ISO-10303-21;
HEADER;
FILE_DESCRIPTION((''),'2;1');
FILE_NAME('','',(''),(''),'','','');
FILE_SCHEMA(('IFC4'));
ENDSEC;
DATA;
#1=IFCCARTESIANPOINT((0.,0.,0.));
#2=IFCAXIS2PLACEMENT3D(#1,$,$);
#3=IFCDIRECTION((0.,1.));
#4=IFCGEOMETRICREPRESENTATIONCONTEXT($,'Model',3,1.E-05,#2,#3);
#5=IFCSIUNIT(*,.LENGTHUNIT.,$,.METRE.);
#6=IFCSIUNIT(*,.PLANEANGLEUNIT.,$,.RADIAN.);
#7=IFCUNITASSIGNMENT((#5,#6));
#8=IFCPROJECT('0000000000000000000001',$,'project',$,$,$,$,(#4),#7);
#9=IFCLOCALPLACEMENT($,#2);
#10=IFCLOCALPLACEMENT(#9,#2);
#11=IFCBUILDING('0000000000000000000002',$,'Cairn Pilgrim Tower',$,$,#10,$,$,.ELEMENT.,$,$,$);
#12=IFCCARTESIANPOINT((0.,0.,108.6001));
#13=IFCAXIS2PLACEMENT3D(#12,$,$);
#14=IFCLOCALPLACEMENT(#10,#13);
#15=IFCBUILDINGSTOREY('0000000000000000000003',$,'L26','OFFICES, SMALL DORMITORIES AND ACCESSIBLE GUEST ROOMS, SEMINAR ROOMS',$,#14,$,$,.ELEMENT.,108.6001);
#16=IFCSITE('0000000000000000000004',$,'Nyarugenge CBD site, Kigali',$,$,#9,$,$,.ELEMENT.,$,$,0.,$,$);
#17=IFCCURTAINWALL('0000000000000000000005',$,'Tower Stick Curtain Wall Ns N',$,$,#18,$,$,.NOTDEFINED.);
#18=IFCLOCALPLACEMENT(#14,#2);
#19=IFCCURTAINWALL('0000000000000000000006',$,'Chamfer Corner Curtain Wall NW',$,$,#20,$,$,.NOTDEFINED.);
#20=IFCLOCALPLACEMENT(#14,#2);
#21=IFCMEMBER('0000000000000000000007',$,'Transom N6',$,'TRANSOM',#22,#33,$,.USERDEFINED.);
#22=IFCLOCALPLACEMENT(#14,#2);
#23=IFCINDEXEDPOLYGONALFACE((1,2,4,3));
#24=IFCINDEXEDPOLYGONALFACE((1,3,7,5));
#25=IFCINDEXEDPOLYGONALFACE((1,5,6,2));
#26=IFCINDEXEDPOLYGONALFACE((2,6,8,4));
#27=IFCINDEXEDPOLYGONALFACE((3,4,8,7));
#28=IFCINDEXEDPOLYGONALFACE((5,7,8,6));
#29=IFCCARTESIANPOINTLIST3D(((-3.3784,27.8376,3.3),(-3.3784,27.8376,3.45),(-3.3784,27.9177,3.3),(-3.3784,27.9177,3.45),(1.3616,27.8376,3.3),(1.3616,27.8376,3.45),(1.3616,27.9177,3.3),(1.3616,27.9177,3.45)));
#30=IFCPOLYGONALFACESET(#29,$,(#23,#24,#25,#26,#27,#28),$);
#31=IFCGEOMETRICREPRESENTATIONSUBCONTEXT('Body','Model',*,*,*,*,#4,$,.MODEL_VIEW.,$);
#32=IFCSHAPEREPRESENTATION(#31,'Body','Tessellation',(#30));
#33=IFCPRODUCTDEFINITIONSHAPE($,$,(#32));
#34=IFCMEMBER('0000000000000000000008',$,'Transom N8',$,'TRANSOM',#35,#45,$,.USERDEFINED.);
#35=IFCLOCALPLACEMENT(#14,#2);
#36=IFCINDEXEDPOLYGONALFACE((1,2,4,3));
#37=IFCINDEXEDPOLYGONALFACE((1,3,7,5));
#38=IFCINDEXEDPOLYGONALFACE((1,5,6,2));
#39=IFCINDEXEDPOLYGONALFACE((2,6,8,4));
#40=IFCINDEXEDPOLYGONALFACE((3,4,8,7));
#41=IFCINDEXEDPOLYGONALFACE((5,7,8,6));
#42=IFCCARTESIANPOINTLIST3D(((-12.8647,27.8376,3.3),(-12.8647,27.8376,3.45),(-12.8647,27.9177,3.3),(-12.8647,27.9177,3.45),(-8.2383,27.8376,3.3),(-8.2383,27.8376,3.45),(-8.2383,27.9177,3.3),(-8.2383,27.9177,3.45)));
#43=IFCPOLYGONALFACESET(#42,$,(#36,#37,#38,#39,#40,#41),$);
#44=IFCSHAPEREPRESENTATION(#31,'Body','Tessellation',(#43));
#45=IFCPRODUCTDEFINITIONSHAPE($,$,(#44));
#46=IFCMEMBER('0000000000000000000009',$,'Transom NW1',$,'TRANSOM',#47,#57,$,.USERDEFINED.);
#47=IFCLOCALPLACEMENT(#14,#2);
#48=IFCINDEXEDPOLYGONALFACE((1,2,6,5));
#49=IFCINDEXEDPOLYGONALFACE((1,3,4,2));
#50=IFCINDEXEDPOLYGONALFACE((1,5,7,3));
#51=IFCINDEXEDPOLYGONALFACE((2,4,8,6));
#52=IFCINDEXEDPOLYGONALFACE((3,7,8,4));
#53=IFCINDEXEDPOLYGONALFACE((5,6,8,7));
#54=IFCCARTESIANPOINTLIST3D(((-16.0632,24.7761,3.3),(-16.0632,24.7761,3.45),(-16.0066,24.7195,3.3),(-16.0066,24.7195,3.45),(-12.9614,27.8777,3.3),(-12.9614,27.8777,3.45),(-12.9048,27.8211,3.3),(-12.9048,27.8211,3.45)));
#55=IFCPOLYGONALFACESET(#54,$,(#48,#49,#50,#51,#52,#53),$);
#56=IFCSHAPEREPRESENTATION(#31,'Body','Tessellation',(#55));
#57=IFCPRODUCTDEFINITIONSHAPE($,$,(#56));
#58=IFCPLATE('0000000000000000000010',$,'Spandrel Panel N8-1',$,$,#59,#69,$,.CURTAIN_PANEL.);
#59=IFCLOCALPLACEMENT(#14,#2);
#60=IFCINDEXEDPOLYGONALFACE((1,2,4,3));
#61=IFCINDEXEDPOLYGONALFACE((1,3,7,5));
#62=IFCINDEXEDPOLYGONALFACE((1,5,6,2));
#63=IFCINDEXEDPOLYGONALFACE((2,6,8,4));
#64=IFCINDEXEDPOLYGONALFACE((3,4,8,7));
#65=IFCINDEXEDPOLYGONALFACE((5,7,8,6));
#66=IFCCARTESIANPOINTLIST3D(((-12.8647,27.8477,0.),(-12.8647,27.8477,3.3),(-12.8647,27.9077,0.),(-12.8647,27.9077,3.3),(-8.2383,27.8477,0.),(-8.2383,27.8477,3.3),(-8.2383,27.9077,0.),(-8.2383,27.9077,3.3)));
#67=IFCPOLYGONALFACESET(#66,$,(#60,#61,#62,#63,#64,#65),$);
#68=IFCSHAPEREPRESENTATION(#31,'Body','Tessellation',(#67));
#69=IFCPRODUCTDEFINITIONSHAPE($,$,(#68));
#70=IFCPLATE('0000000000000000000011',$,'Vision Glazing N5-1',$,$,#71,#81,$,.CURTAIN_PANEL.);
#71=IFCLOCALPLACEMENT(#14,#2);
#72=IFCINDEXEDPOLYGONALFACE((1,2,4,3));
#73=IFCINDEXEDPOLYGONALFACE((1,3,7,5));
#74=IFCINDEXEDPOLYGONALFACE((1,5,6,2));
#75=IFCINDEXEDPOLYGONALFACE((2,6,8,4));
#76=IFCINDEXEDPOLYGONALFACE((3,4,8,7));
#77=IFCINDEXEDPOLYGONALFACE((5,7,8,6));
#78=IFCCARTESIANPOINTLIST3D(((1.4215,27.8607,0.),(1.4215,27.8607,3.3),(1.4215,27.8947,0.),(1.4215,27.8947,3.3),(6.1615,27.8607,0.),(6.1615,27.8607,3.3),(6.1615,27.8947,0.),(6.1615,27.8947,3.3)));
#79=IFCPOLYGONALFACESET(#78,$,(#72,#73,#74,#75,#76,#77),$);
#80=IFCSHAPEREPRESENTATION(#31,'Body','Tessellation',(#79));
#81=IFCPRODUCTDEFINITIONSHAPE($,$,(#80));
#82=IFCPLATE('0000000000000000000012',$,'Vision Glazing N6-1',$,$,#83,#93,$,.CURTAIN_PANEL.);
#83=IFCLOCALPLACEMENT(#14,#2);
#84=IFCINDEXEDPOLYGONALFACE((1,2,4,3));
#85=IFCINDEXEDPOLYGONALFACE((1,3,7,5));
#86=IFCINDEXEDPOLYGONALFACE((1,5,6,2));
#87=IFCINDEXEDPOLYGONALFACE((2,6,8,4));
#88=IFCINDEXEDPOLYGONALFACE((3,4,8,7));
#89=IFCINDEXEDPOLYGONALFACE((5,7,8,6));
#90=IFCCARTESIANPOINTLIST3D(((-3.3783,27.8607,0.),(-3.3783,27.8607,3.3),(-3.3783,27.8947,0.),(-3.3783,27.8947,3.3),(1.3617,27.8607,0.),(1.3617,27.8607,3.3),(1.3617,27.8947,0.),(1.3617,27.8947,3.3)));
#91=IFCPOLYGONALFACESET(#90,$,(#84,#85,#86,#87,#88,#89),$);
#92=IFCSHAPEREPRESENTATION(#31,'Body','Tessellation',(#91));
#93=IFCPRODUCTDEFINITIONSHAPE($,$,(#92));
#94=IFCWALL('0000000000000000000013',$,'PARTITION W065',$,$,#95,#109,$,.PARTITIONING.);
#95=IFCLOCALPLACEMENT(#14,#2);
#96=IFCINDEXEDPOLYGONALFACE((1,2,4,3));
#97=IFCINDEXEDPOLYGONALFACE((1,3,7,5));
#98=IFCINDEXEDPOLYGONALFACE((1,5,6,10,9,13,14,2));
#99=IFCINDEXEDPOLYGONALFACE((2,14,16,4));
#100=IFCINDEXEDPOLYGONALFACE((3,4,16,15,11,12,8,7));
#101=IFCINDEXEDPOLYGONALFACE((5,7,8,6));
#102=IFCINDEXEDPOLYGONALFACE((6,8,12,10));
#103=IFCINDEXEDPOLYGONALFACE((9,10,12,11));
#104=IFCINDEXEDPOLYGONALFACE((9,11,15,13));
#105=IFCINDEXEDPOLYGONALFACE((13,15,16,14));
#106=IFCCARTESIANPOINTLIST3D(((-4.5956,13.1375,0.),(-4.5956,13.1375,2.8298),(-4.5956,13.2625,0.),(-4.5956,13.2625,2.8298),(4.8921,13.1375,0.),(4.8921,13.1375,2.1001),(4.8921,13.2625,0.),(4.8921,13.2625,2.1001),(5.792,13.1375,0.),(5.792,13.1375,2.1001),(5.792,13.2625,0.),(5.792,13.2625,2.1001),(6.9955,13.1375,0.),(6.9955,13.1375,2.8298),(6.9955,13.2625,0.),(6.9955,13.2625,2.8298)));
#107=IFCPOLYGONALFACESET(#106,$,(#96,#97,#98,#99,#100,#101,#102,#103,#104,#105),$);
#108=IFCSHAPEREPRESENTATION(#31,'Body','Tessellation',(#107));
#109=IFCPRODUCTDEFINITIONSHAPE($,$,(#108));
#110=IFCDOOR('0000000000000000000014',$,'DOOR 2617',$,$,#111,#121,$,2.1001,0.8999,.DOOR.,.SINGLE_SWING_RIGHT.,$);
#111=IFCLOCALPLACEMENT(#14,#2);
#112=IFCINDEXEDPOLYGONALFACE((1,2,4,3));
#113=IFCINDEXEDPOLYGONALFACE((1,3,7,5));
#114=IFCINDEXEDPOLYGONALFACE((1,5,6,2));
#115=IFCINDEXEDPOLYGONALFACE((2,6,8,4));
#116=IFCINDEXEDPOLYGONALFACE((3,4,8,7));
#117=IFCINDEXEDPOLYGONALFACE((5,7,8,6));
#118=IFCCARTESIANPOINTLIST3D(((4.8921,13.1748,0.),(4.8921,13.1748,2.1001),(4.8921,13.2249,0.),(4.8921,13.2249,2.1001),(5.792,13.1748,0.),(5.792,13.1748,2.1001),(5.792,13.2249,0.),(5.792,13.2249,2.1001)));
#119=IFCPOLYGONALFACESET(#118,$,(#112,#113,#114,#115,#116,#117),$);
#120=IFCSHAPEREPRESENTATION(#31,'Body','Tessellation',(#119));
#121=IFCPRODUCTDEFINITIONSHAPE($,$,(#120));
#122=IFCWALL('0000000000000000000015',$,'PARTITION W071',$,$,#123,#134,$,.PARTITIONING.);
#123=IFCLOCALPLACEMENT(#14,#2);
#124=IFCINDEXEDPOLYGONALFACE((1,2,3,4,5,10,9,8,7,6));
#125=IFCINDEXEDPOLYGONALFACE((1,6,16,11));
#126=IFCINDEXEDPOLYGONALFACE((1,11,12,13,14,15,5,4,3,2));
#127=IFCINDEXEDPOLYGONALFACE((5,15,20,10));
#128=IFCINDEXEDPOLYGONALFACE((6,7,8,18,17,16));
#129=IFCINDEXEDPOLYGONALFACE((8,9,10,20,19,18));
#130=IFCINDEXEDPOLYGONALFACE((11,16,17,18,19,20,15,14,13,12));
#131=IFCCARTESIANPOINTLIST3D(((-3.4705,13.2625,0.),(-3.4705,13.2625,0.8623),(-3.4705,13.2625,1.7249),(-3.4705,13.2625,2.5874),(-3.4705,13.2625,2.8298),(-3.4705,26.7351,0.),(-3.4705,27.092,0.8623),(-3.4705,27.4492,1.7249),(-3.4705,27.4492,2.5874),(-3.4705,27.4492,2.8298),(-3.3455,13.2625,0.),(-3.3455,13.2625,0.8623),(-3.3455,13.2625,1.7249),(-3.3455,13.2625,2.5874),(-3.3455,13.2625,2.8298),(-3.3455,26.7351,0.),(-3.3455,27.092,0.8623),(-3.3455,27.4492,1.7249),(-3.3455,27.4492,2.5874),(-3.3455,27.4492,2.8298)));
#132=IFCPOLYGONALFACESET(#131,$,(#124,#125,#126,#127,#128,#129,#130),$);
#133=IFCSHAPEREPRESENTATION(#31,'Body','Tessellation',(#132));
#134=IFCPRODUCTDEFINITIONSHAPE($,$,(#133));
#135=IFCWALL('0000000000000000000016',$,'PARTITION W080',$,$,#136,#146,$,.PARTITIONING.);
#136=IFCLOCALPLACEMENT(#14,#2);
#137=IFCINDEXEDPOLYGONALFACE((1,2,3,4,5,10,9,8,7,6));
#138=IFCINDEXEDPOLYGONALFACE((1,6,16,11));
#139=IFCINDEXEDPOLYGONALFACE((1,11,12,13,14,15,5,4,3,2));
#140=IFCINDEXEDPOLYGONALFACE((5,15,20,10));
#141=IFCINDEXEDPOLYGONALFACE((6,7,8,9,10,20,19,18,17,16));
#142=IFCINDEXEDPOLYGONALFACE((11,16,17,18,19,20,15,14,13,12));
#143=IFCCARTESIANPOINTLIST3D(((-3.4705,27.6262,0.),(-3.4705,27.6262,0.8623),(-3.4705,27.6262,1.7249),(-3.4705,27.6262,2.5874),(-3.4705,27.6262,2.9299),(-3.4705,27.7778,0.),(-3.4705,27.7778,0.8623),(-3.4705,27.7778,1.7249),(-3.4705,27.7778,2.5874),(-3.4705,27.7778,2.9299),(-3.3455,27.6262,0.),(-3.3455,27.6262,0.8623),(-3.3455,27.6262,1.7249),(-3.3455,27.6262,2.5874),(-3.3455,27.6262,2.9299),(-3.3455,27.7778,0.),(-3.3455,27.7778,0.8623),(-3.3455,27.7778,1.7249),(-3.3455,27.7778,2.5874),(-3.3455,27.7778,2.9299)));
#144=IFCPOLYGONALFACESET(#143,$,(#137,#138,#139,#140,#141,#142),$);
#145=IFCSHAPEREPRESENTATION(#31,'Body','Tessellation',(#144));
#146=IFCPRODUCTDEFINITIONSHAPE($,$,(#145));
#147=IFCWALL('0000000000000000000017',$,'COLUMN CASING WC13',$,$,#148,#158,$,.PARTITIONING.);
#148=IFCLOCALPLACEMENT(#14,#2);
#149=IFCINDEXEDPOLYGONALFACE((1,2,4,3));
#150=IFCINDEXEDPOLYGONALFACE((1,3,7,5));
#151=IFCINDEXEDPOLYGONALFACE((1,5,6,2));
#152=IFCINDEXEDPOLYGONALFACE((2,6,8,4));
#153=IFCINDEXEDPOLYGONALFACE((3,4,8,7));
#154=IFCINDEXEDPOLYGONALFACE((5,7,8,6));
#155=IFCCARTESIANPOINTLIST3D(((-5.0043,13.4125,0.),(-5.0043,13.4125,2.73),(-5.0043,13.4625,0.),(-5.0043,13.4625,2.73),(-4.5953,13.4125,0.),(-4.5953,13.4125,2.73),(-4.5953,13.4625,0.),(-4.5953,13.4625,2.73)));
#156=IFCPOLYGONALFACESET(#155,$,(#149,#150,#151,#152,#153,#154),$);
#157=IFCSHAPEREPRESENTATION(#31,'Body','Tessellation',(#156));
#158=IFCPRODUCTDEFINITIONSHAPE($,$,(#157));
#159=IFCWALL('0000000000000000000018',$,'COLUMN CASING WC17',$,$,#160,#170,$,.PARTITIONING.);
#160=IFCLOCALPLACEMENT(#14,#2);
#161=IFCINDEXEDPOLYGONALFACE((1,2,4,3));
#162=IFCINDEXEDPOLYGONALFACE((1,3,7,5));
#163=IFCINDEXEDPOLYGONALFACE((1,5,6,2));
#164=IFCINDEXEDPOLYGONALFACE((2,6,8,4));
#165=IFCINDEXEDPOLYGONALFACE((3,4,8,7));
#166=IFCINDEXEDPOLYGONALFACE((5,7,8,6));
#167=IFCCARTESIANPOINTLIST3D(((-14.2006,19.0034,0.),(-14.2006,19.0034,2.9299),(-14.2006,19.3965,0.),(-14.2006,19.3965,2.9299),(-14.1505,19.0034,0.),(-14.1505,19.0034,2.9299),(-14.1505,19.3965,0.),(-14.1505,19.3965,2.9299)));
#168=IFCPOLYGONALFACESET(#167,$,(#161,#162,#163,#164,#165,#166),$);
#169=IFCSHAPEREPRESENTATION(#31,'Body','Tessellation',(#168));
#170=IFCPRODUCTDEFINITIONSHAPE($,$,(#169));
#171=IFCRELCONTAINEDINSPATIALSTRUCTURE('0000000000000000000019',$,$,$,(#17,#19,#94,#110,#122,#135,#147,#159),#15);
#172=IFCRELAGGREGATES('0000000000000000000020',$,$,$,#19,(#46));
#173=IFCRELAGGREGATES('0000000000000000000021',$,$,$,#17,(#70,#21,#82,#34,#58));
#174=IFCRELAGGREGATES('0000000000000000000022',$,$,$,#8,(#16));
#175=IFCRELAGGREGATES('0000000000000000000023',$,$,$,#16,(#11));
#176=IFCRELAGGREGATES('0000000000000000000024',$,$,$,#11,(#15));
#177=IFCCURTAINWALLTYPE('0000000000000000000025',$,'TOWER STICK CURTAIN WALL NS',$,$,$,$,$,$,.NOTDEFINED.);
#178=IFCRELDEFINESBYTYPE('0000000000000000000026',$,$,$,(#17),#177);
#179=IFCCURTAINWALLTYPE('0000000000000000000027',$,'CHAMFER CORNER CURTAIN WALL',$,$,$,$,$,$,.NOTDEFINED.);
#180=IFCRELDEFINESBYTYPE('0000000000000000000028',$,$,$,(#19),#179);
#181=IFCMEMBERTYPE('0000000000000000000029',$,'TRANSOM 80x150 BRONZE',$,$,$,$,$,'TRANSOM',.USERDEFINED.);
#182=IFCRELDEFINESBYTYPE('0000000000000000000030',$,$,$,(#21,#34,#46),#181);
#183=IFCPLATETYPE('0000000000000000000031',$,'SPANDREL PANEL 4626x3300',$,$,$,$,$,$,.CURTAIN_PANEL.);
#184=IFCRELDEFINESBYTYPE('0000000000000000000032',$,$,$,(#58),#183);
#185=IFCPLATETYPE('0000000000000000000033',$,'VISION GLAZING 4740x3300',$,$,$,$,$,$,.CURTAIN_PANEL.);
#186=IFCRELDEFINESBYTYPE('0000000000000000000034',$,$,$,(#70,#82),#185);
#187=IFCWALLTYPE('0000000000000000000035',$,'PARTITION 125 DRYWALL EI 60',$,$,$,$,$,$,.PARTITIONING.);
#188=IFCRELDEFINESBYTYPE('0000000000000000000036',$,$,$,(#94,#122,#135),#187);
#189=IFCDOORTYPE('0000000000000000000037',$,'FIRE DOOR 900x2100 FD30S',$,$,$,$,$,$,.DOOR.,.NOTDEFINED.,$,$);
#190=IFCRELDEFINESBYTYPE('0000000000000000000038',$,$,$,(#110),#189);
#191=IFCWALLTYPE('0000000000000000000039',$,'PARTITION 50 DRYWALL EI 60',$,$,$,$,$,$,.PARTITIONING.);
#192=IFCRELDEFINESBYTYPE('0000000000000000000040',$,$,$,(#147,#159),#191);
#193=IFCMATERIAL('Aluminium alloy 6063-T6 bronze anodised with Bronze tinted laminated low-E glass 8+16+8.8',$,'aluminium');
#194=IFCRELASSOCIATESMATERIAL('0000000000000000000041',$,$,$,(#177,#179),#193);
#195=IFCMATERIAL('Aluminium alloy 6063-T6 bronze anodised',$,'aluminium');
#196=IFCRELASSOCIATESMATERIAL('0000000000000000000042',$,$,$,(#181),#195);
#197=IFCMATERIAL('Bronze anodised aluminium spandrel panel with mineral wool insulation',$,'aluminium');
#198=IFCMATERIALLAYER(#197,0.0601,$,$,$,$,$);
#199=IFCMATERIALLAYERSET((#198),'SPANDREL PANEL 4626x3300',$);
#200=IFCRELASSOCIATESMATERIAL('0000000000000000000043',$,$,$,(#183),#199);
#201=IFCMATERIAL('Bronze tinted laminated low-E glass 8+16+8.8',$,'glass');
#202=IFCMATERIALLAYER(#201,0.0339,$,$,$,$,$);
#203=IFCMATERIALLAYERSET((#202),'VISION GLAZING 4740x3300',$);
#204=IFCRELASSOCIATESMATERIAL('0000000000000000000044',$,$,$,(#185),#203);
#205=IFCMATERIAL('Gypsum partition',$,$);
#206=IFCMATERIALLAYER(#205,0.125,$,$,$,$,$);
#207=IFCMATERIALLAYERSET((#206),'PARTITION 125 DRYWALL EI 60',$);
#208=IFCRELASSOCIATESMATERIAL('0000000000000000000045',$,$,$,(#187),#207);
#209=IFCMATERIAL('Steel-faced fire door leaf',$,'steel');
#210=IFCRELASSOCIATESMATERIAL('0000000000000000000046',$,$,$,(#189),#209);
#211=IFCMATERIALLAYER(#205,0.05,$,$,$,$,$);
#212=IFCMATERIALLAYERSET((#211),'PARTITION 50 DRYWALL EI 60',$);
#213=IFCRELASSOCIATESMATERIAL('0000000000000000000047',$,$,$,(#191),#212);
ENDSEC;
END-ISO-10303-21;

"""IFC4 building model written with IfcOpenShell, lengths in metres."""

from ifc_helpers import new_model, si_unit, direction, frame, frame_2d, origin, origin_2d, place, context, subcontext, project, spatial, polyline, rectangle, outline, extrude, material, layer, layer_set, material_profile, profile_set, type_object, element, fill, aggregate, save


model = new_model("IFC4")

# Units and contexts
model_context = context("Model", 3, precision=1e-05, world=origin(), true_north=direction((0.0, 1.0)))
body_context = subcontext(model_context, "Body", "Model", "MODEL_VIEW")
ifc_project = project(units=[si_unit("LENGTHUNIT", "METRE"), si_unit("PLANEANGLEUNIT", "RADIAN")], contexts=[model_context])

# Site, building, storey
site_placement = place(None, origin())
site = spatial("IfcSite", under=ifc_project, at=site_placement, Name="Nyarugenge CBD site, Kigali", CompositionType="ELEMENT", RefElevation=0.0)
building_placement = place(site_placement, origin())
building = spatial("IfcBuilding", under=site, at=building_placement, Name="Cairn Pilgrim Tower", CompositionType="ELEMENT")
storey_placement = place(building_placement, frame((0.0, 0.0, 108.6001)))
storey = spatial("IfcBuildingStorey", under=building, at=storey_placement, Name="L26", Description="OFFICES, SMALL DORMITORIES AND ACCESSIBLE GUEST ROOMS, SEMINAR ROOMS", CompositionType="ELEMENT", Elevation=108.6001)

# Curtain wall
ifc_material_1 = material(Name="Aluminium alloy 6063-T6 bronze anodised with Bronze tinted laminated low-E glass 8+16+8.8", Category="aluminium")
curtain_wall_type_1 = type_object("IfcCurtainWallType", Name="TOWER STICK CURTAIN WALL NS", PredefinedType="NOTDEFINED", material=ifc_material_1)
curtain_wall_1_placement = place(storey_placement, origin())
curtain_wall_1 = element("IfcCurtainWall", 1, at=curtain_wall_1_placement, inside=storey, type_object=curtain_wall_type_1, Name="Tower Stick Curtain Wall Ns N", PredefinedType="NOTDEFINED")
ifc_material_2 = material(Name="Aluminium alloy 6063-T6 bronze anodised", Category="aluminium")

# Curtain wall
curtain_wall_type_2 = type_object("IfcCurtainWallType", Name="CHAMFER CORNER CURTAIN WALL", PredefinedType="NOTDEFINED", material=ifc_material_1)
curtain_wall_2_placement = place(storey_placement, origin())
curtain_wall_2 = element("IfcCurtainWall", 2, at=curtain_wall_2_placement, inside=storey, type_object=curtain_wall_type_2, Name="Chamfer Corner Curtain Wall NW", PredefinedType="NOTDEFINED")

# Members
ifc_material_profile_1 = material_profile(ifc_material_2, rectangle(XDim=0.0801, YDim=0.1499, at=origin_2d()), Name="TRANSOM 80x150 BRONZE")
ifc_profile_set_1 = profile_set([ifc_material_profile_1], Name="Aluminium alloy 6063-T6 bronze anodised")
member_type_1 = type_object("IfcMemberType", Name="TRANSOM 80x150 BRONZE", ElementType="TRANSOM", PredefinedType="USERDEFINED", material=ifc_profile_set_1)
member_1_placement = place(storey_placement, frame((1.3616, 27.8777, 3.375), z_axis=(-1.0, 0.0, 0.0), x_axis=(0.0, -1.0, 0.0)))
member_1 = element("IfcMember", 3, at=member_1_placement, type_object=member_type_1, Name="Transom N6", ObjectType="TRANSOM", PredefinedType="USERDEFINED", context=body_context, shape_type="SweptSolid", body=[
    extrude(rectangle(XDim=0.0801, YDim=0.1499, at=origin_2d()), origin(), (0.0, 0.0, 1.0), 4.74),
])
member_2_placement = place(storey_placement, frame((-8.2383, 27.8777, 3.375), z_axis=(-1.0, 0.0, 0.0), x_axis=(0.0, -1.0, 0.0)))
member_2 = element("IfcMember", 4, at=member_2_placement, type_object=member_type_1, Name="Transom N8", ObjectType="TRANSOM", PredefinedType="USERDEFINED", context=body_context, shape_type="SweptSolid", body=[
    extrude(rectangle(XDim=0.0801, YDim=0.1499, at=origin_2d()), origin(), (0.0, 0.0, 1.0), 4.6265),
])
member_3_placement = place(storey_placement, frame((-12.9331, 27.8494, 3.375), z_axis=(-0.707135, -0.707079, 0.0), x_axis=(0.707079, -0.707135, 0.0)))
member_3 = element("IfcMember", 5, at=member_3_placement, type_object=member_type_1, Name="Transom NW1", ObjectType="TRANSOM", PredefinedType="USERDEFINED", context=body_context, shape_type="SweptSolid", body=[
    extrude(rectangle(XDim=0.0801, YDim=0.1499, at=origin_2d()), origin(), (0.0, 0.0, 1.0), 4.3865),
])
aggregate(curtain_wall_2, [member_3])

# Plates
ifc_material_3 = material(Name="Bronze anodised aluminium spandrel panel with mineral wool insulation", Category="aluminium")
ifc_layer_1 = layer(ifc_material_3, 0.0601)
ifc_layer_set_1 = layer_set([ifc_layer_1], Name="SPANDREL PANEL 4626x3300")
plate_type_1 = type_object("IfcPlateType", Name="SPANDREL PANEL 4626x3300", PredefinedType="CURTAIN_PANEL", material=ifc_layer_set_1)
plate_1_placement = place(storey_placement, frame((-10.5515, 27.8777, 0.0), z_axis=(0.0, 0.0, 1.0), x_axis=(-1.0, 0.0, 0.0)))
plate_1 = element("IfcPlate", 6, at=plate_1_placement, type_object=plate_type_1, Name="Spandrel Panel N8-1", PredefinedType="CURTAIN_PANEL", context=body_context, shape_type="SweptSolid", body=[
    extrude(rectangle(XDim=4.6265, YDim=0.0601, at=origin_2d()), origin(), (0.0, 0.0, 1.0), 3.3),
])
ifc_material_4 = material(Name="Bronze tinted laminated low-E glass 8+16+8.8", Category="glass")
ifc_layer_2 = layer(ifc_material_4, 0.0339)
ifc_layer_set_2 = layer_set([ifc_layer_2], Name="VISION GLAZING 4740x3300")
plate_type_2 = type_object("IfcPlateType", Name="VISION GLAZING 4740x3300", PredefinedType="CURTAIN_PANEL", material=ifc_layer_set_2)
plate_2_placement = place(storey_placement, frame((3.7915, 27.8777, 0.0), z_axis=(0.0, 0.0, 1.0), x_axis=(-1.0, 0.0, 0.0)))
plate_2 = element("IfcPlate", 7, at=plate_2_placement, type_object=plate_type_2, Name="Vision Glazing N5-1", PredefinedType="CURTAIN_PANEL", context=body_context, shape_type="SweptSolid", body=[
    extrude(rectangle(XDim=4.74, YDim=0.0339, at=origin_2d()), origin(), (0.0, 0.0, 1.0), 3.3),
])
plate_3_placement = place(storey_placement, frame((-1.0083, 27.8777, 0.0), z_axis=(0.0, 0.0, 1.0), x_axis=(-1.0, 0.0, 0.0)))
plate_3 = element("IfcPlate", 8, at=plate_3_placement, type_object=plate_type_2, Name="Vision Glazing N6-1", PredefinedType="CURTAIN_PANEL", context=body_context, shape_type="SweptSolid", body=[
    extrude(rectangle(XDim=4.74, YDim=0.0339, at=origin_2d()), origin(), (0.0, 0.0, 1.0), 3.3),
])
aggregate(curtain_wall_1, [plate_2, member_1, plate_3, member_2, plate_1])

# Wall, opening, door
ifc_material_5 = material(Name="Gypsum partition")
ifc_layer_3 = layer(ifc_material_5, 0.125)
ifc_layer_set_3 = layer_set([ifc_layer_3], Name="PARTITION 125 DRYWALL EI 60")
wall_type_1 = type_object("IfcWallType", Name="PARTITION 125 DRYWALL EI 60", PredefinedType="PARTITIONING", material=ifc_layer_set_3)
wall_1_placement = place(storey_placement, frame((-4.5955, 13.2, 0.0), z_axis=(0.0, 0.0, 1.0), x_axis=(1.0, 0.0, 0.0)))
wall_1 = element("IfcWall", 9, at=wall_1_placement, inside=storey, type_object=wall_type_1, Name="PARTITION W065", PredefinedType="PARTITIONING", context=body_context, shape_type="SweptSolid", body=[
    extrude(rectangle(XDim=11.5911, YDim=0.125, at=frame_2d((5.7954, 0.0))), origin(), (0.0, 0.0, 1.0), 2.8298),
])
opening_1_placement = place(wall_1_placement, frame((9.4875, 0.0, 0.0)))
opening_1 = element("IfcOpeningElement", 10, at=opening_1_placement, cuts=wall_1, PredefinedType="OPENING", context=body_context, shape_type="SweptSolid", body=[
    extrude(rectangle(XDim=0.8999, YDim=2.1001, at=frame_2d((0.45, 1.05))), frame((0.0, 0.0725, 0.0), z_axis=(0.0, -1.0, 0.0), x_axis=(1.0, 0.0, 0.0)), (0.0, 0.0, 1.0), 0.145),
])
ifc_material_6 = material(Name="Steel-faced fire door leaf", Category="steel")
door_type_1 = type_object("IfcDoorType", Name="FIRE DOOR 900x2100 FD30S", OperationType="NOTDEFINED", PredefinedType="DOOR", material=ifc_material_6)
door_1_placement = place(opening_1_placement, origin())
door_1 = element("IfcDoor", 11, at=door_1_placement, inside=storey, type_object=door_type_1, Name="DOOR 2617", OperationType="SINGLE_SWING_RIGHT", OverallHeight=2.1001, OverallWidth=0.8999, PredefinedType="DOOR", context=body_context, shape_type="SweptSolid", body=[
    extrude(rectangle(XDim=0.8999, YDim=2.1001, at=frame_2d((0.45, 1.05))), frame((0.0, 0.0249, 0.0), z_axis=(0.0, -1.0, 0.0), x_axis=(1.0, 0.0, 0.0)), (0.0, 0.0, 1.0), 0.05),
])
fill(opening_1, door_1)

# Walls
wall_2_placement = place(storey_placement, frame((-3.408, 13.2625, 0.0), z_axis=(0.0, 0.0, 1.0), x_axis=(0.0, 1.0, 0.0)))
element("IfcWall", 12, at=wall_2_placement, inside=storey, type_object=wall_type_1, Name="PARTITION W071", PredefinedType="PARTITIONING", context=body_context, shape_type="SweptSolid", body=[
    extrude(outline(polyline([(0.0, 0.0), (13.4727, 0.0), (13.8296, 0.8623), (14.1868, 1.7249), (14.1868, 2.5874), (14.1868, 2.8298), (0.0, 2.8298), (0.0, 2.5874), (0.0, 1.7249), (0.0, 0.8623), (0.0, 0.0)])), frame((0.0, 0.0625, 0.0), z_axis=(0.0, -1.0, 0.0), x_axis=(1.0, 0.0, 0.0)), (0.0, 0.0, 1.0), 0.125),
])
wall_3_placement = place(storey_placement, frame((-3.408, 27.6262, 0.0), z_axis=(0.0, 0.0, 1.0), x_axis=(0.0, 1.0, 0.0)))
element("IfcWall", 13, at=wall_3_placement, inside=storey, type_object=wall_type_1, Name="PARTITION W080", PredefinedType="PARTITIONING", context=body_context, shape_type="SweptSolid", body=[
    extrude(outline(polyline([(0.0, 0.0), (0.1516, 0.0), (0.1516, 0.8623), (0.1516, 1.7249), (0.1516, 2.5874), (0.1516, 2.9299), (0.0, 2.9299), (0.0, 2.5874), (0.0, 1.7249), (0.0, 0.8623), (0.0, 0.0)])), frame((0.0, 0.0625, 0.0), z_axis=(0.0, -1.0, 0.0), x_axis=(1.0, 0.0, 0.0)), (0.0, 0.0, 1.0), 0.125),
])
ifc_layer_4 = layer(ifc_material_5, 0.05)
ifc_layer_set_4 = layer_set([ifc_layer_4], Name="PARTITION 50 DRYWALL EI 60")
wall_type_2 = type_object("IfcWallType", Name="PARTITION 50 DRYWALL EI 60", PredefinedType="PARTITIONING", material=ifc_layer_set_4)
wall_4_placement = place(storey_placement, frame((-5.0044, 13.4375, 0.0), z_axis=(0.0, 0.0, 1.0), x_axis=(1.0, 0.0, 0.0)))
element("IfcWall", 14, at=wall_4_placement, inside=storey, type_object=wall_type_2, Name="COLUMN CASING WC13", PredefinedType="PARTITIONING", context=body_context, shape_type="SweptSolid", body=[
    extrude(rectangle(XDim=0.4089, YDim=0.05, at=frame_2d((0.2046, 0.0))), origin(), (0.0, 0.0, 1.0), 2.73),
])
wall_5_placement = place(storey_placement, frame((-14.1755, 19.0034, 0.0), z_axis=(0.0, 0.0, 1.0), x_axis=(0.0, 1.0, 0.0)))
element("IfcWall", 15, at=wall_5_placement, inside=storey, type_object=wall_type_2, Name="COLUMN CASING WC17", PredefinedType="PARTITIONING", context=body_context, shape_type="SweptSolid", body=[
    extrude(rectangle(XDim=0.3931, YDim=0.05, at=frame_2d((0.1965, 0.0))), origin(), (0.0, 0.0, 1.0), 2.9299),
])

save(model, "model.ifc")
